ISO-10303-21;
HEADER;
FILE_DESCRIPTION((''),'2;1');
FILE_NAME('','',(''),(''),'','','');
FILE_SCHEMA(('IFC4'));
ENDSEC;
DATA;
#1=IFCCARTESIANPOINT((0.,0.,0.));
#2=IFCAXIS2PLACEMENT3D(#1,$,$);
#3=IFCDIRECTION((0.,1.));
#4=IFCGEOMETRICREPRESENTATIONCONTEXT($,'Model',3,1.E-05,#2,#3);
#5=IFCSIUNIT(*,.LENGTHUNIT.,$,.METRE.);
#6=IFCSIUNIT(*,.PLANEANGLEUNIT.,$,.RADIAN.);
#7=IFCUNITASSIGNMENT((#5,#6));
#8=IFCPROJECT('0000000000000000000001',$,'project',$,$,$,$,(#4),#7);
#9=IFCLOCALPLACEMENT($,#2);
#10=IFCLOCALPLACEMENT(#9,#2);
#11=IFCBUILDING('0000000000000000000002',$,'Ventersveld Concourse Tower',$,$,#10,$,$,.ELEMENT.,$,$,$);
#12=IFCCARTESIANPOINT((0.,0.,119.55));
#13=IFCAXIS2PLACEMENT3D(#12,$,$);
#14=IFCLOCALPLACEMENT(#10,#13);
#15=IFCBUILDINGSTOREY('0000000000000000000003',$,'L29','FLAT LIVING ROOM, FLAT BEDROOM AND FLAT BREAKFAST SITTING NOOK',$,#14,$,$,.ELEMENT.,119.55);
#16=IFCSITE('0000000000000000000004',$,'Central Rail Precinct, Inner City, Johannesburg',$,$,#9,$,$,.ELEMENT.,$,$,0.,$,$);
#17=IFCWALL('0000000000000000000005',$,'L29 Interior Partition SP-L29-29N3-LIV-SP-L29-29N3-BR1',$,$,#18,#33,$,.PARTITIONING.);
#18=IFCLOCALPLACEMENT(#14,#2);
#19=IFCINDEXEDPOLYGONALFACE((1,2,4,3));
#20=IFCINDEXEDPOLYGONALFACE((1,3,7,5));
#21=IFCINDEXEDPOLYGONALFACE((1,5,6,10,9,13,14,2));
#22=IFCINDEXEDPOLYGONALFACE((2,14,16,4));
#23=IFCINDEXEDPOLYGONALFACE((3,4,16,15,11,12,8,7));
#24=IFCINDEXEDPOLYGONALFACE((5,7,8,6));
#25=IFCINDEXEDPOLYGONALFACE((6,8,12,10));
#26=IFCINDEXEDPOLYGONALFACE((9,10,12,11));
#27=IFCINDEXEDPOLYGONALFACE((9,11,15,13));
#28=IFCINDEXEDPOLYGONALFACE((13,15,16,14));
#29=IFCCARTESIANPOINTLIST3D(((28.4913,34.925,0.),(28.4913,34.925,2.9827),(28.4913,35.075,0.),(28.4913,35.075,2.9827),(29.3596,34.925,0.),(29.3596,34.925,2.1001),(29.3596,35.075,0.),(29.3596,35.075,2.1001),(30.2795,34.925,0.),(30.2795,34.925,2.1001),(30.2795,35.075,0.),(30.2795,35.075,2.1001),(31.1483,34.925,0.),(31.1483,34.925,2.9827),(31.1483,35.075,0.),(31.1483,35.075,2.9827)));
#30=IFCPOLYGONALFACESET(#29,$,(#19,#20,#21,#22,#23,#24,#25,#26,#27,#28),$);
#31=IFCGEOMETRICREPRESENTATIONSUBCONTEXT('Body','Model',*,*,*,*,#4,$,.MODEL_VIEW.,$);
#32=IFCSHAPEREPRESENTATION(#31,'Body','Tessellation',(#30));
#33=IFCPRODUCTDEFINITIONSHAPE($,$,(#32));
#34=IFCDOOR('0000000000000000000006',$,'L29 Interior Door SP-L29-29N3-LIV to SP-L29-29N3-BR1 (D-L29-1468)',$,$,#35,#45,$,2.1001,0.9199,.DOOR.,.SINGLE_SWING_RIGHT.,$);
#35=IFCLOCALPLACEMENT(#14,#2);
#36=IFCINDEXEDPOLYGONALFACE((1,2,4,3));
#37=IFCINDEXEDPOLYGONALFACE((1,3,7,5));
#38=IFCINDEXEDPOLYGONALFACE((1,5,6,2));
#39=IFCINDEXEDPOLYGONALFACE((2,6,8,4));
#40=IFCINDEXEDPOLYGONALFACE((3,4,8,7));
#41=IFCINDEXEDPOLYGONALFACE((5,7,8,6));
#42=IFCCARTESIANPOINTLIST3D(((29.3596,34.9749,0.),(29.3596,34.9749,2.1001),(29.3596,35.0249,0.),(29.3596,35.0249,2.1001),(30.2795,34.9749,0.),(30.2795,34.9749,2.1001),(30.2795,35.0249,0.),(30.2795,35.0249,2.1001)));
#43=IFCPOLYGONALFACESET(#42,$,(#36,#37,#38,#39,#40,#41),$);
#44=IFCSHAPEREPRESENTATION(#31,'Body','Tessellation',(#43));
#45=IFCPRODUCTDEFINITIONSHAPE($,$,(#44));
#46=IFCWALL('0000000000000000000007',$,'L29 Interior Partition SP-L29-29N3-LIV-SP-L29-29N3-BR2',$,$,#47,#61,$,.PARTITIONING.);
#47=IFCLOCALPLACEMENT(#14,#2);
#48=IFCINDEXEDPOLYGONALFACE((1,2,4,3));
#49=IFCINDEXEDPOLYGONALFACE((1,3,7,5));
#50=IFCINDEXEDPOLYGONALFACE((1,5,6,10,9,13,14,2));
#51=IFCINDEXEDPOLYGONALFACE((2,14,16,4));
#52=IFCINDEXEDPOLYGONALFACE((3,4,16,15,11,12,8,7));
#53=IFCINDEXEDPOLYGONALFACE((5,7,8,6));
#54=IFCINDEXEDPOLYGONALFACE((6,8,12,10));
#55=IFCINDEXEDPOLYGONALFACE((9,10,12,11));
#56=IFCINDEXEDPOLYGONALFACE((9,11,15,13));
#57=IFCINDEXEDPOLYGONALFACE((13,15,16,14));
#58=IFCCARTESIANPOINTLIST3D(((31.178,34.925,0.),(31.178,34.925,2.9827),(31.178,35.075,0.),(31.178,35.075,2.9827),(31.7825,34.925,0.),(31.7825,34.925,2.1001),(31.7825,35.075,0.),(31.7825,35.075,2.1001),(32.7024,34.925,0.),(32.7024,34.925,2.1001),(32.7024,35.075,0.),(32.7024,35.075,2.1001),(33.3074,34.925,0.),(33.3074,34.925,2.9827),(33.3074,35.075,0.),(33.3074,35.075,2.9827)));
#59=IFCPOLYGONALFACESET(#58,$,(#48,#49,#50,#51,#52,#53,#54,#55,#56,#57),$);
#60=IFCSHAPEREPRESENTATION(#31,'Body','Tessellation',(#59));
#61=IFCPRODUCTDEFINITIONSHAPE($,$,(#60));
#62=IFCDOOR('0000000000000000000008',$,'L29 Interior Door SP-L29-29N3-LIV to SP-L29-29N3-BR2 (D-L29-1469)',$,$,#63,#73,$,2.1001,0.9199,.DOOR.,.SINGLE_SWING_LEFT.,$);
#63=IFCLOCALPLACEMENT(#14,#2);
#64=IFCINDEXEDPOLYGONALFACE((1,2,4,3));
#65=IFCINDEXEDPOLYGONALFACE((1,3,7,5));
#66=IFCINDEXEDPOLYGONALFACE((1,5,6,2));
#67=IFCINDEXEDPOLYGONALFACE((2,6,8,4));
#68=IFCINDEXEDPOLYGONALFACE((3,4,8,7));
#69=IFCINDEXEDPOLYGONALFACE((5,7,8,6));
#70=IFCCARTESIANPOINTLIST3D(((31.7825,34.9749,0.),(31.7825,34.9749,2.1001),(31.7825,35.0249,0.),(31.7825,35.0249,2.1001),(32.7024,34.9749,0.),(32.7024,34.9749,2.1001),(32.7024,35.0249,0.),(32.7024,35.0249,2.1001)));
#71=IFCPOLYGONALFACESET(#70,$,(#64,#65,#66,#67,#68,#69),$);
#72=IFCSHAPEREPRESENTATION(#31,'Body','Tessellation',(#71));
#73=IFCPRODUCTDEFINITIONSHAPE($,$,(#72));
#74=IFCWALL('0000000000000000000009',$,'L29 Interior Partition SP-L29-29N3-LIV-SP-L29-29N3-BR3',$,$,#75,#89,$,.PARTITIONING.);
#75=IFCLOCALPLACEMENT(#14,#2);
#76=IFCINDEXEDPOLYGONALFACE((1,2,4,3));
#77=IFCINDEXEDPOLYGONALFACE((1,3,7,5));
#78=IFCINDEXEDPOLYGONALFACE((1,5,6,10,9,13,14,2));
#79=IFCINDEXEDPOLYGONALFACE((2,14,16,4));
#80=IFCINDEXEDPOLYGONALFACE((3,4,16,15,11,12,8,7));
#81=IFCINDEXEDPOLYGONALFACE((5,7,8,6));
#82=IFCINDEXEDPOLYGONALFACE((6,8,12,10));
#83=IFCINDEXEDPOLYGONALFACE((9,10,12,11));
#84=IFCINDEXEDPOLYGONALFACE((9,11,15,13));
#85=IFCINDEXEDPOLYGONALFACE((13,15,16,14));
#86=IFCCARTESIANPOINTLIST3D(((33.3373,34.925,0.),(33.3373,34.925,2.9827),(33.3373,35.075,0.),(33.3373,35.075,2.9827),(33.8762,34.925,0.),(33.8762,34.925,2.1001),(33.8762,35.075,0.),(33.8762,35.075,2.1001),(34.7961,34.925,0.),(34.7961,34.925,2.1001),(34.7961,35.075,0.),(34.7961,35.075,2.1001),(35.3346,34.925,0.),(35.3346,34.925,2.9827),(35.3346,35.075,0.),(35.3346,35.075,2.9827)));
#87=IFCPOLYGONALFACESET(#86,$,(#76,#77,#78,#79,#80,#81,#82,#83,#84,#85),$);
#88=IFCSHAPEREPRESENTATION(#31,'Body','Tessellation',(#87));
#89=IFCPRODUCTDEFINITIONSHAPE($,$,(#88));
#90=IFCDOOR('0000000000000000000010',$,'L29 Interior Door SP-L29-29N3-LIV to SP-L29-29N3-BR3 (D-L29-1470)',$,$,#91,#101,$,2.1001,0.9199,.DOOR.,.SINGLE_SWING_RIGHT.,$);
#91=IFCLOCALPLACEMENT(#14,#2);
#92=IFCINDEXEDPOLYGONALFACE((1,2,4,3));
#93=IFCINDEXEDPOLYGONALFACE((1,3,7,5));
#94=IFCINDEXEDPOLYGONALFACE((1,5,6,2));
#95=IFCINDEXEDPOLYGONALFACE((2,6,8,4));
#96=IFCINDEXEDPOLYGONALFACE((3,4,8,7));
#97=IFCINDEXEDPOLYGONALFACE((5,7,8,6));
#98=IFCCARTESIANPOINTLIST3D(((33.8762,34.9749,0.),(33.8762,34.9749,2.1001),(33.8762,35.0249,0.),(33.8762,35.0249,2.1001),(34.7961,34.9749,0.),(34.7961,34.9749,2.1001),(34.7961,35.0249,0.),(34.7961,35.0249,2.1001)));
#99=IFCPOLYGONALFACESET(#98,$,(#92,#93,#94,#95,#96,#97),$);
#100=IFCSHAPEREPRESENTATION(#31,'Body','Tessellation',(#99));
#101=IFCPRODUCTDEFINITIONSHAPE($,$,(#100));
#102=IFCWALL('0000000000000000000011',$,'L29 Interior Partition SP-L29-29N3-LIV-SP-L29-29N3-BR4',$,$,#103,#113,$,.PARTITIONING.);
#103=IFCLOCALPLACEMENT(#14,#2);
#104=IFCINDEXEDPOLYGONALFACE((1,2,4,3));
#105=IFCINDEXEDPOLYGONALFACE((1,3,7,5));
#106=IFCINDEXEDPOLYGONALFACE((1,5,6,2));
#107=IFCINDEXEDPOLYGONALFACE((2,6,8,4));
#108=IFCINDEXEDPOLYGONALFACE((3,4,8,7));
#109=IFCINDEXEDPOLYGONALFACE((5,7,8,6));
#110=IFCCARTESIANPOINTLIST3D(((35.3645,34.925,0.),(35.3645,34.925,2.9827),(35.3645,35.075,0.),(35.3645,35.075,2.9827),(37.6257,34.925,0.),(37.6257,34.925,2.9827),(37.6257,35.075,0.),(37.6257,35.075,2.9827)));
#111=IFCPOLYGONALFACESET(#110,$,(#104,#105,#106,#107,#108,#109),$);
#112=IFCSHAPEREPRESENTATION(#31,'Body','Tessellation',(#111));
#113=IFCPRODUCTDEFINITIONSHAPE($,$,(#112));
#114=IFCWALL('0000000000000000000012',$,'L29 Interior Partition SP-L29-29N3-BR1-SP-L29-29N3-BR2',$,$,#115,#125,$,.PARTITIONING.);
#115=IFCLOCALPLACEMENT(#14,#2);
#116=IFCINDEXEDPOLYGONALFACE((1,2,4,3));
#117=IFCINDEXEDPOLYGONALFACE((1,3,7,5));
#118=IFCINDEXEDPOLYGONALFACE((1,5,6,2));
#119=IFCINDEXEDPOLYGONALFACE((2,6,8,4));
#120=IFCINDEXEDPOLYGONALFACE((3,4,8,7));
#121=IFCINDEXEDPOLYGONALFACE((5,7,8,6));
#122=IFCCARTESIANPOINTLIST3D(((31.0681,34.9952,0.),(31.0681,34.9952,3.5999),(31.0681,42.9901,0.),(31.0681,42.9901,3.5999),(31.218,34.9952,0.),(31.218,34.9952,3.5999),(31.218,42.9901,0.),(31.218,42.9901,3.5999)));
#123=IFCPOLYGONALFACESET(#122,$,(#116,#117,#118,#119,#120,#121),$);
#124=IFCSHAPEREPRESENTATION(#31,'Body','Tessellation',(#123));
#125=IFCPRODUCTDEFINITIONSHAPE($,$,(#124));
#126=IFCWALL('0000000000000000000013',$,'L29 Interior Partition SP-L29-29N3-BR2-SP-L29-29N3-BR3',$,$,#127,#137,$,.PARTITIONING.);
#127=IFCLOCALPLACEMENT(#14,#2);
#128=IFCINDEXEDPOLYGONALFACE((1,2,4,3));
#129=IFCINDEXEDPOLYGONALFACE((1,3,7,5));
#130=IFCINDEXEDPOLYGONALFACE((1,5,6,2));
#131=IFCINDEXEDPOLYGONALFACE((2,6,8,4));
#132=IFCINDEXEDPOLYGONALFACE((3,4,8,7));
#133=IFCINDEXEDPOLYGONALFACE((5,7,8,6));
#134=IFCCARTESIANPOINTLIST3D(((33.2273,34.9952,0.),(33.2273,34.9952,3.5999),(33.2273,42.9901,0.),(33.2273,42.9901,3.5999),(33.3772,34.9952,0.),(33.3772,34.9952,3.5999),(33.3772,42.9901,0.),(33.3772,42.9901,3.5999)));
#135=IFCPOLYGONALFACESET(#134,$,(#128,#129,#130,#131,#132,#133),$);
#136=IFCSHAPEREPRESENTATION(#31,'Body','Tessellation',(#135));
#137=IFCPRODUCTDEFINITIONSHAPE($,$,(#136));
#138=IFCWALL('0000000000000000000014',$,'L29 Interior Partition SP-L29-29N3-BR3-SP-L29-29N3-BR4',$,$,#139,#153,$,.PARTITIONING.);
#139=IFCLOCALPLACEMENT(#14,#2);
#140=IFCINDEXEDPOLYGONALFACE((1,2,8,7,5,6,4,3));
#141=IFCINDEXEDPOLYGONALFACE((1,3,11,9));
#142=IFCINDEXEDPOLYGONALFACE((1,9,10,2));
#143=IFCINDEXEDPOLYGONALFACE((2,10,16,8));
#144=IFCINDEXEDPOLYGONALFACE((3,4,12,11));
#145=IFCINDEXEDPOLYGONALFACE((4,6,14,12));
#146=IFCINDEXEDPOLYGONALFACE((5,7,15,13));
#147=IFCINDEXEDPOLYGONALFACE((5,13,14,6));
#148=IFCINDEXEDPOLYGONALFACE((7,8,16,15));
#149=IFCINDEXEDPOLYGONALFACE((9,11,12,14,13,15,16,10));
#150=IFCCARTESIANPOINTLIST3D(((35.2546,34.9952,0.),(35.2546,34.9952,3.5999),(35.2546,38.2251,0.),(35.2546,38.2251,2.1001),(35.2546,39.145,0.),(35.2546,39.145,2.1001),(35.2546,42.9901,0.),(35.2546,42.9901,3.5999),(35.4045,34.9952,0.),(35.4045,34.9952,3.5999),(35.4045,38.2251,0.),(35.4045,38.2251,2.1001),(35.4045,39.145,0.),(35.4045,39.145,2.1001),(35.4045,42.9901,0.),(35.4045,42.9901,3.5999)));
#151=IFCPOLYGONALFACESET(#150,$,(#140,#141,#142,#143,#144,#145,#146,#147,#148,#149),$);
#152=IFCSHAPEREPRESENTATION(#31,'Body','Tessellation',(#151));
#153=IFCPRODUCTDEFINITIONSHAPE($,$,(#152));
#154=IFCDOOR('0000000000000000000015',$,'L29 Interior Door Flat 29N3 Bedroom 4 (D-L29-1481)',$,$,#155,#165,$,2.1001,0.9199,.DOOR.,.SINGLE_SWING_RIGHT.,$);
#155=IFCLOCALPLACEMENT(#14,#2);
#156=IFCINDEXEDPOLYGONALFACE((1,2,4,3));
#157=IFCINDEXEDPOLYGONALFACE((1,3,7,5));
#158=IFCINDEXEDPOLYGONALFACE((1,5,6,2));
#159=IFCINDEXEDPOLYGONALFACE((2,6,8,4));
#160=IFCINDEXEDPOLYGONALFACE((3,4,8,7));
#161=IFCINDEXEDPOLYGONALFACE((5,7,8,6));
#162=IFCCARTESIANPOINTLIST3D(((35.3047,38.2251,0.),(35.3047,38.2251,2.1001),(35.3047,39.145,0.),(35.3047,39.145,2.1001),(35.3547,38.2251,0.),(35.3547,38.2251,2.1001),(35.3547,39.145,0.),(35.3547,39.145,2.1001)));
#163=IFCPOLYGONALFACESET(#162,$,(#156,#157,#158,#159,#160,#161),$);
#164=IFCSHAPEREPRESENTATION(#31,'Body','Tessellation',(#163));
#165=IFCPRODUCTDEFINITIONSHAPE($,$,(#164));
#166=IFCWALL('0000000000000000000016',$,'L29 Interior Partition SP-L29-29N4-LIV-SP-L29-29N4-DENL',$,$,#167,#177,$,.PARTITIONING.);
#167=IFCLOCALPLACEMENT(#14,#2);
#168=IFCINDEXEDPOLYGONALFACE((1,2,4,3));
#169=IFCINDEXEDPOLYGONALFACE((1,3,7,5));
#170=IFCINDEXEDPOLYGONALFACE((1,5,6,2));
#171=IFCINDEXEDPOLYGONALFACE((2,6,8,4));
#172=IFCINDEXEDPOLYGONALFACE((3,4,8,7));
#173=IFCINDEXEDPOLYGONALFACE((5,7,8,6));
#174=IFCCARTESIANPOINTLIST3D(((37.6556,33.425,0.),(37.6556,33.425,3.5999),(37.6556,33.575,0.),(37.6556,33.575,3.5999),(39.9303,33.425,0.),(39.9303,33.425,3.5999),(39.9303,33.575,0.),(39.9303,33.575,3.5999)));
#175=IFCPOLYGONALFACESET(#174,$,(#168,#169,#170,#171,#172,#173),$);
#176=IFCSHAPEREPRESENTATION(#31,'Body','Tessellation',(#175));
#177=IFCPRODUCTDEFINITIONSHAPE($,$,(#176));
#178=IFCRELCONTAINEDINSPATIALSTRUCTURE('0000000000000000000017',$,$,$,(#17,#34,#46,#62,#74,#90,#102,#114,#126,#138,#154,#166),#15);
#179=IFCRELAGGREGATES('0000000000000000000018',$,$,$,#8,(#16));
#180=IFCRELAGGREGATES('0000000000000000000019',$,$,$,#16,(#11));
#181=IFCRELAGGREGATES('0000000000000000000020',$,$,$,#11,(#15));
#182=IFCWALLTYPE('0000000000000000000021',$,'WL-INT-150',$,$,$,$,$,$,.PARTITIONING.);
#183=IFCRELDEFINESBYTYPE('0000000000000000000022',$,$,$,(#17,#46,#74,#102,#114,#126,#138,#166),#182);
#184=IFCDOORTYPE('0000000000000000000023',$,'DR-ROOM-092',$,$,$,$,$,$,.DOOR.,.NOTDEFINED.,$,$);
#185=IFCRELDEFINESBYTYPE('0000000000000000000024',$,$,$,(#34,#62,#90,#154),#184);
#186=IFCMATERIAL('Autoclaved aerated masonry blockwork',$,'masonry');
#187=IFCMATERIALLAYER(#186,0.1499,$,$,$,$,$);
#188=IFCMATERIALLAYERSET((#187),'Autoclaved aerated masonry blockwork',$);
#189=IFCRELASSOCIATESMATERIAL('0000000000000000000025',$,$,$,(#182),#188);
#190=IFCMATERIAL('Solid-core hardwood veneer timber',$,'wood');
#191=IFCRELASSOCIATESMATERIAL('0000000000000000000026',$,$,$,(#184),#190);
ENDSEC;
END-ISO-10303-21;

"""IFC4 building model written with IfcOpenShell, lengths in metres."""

from ifc_helpers import new_model, si_unit, direction, frame, frame_2d, origin, place, context, subcontext, project, spatial, rectangle, extrude, material, layer, layer_set, type_object, element, fill, save


model = new_model("IFC4")

# Units and contexts
model_context = context("Model", 3, precision=1e-05, world=origin(), true_north=direction((0.0, 1.0)))
body_context = subcontext(model_context, "Body", "Model", "MODEL_VIEW")
ifc_project = project(units=[si_unit("LENGTHUNIT", "METRE"), si_unit("PLANEANGLEUNIT", "RADIAN")], contexts=[model_context])

# Site, building, storey
site_placement = place(None, origin())
site = spatial("IfcSite", under=ifc_project, at=site_placement, Name="Central Rail Precinct, Inner City, Johannesburg", CompositionType="ELEMENT", RefElevation=0.0)
building_placement = place(site_placement, origin())
building = spatial("IfcBuilding", under=site, at=building_placement, Name="Ventersveld Concourse Tower", CompositionType="ELEMENT")
storey_placement = place(building_placement, frame((0.0, 0.0, 119.55)))
storey = spatial("IfcBuildingStorey", under=building, at=storey_placement, Name="L29", Description="FLAT LIVING ROOM, FLAT BEDROOM AND FLAT BREAKFAST SITTING NOOK", CompositionType="ELEMENT", Elevation=119.55)

# Shared definitions
ifc_material_1 = material(Name="Autoclaved aerated masonry blockwork", Category="masonry")
ifc_layer_1 = layer(ifc_material_1, 0.1499)
ifc_layer_set_1 = layer_set([ifc_layer_1], Name="Autoclaved aerated masonry blockwork")
wall_type_1 = type_object("IfcWallType", Name="WL-INT-150", PredefinedType="PARTITIONING", material=ifc_layer_set_1)

# Walls, openings, doors
wall_1_placement = place(storey_placement, frame((28.4912, 35.0, 0.0), z_axis=(0.0, 0.0, 1.0), x_axis=(1.0, 0.0, 0.0)))
wall_1 = element("IfcWall", 1, at=wall_1_placement, inside=storey, type_object=wall_type_1, Name="L29 Interior Partition SP-L29-29N3-LIV-SP-L29-29N3-BR1", PredefinedType="PARTITIONING", context=body_context, shape_type="SweptSolid", body=[
    extrude(rectangle(XDim=2.657, YDim=0.1499, at=frame_2d((1.3286, 0.0))), origin(), (0.0, 0.0, 1.0), 2.9827),
])
opening_1_placement = place(wall_1_placement, frame((0.8684, 0.0, 0.0)))
opening_1 = element("IfcOpeningElement", 2, at=opening_1_placement, cuts=wall_1, PredefinedType="OPENING", context=body_context, shape_type="SweptSolid", body=[
    extrude(rectangle(XDim=0.9199, YDim=2.1001, at=frame_2d((0.46, 1.05))), frame((0.0, 0.085, 0.0), z_axis=(0.0, -1.0, 0.0), x_axis=(1.0, 0.0, 0.0)), (0.0, 0.0, 1.0), 0.1699),
])
ifc_material_2 = material(Name="Solid-core hardwood veneer timber", Category="wood")
door_type = type_object("IfcDoorType", Name="DR-ROOM-092", OperationType="NOTDEFINED", PredefinedType="DOOR", material=ifc_material_2)
door_1_placement = place(opening_1_placement, origin())
door_1 = element("IfcDoor", 3, at=door_1_placement, inside=storey, type_object=door_type, Name="L29 Interior Door SP-L29-29N3-LIV to SP-L29-29N3-BR1 (D-L29-1468)", OperationType="SINGLE_SWING_RIGHT", OverallHeight=2.1001, OverallWidth=0.9199, PredefinedType="DOOR", context=body_context, shape_type="SweptSolid", body=[
    extrude(rectangle(XDim=0.9199, YDim=2.1001, at=frame_2d((0.46, 1.05))), frame((0.0, 0.0249, 0.0), z_axis=(0.0, -1.0, 0.0), x_axis=(1.0, 0.0, 0.0)), (0.0, 0.0, 1.0), 0.05),
])
fill(opening_1, door_1)
wall_2_placement = place(storey_placement, frame((31.178, 35.0, 0.0), z_axis=(0.0, 0.0, 1.0), x_axis=(1.0, 0.0, 0.0)))
wall_2 = element("IfcWall", 4, at=wall_2_placement, inside=storey, type_object=wall_type_1, Name="L29 Interior Partition SP-L29-29N3-LIV-SP-L29-29N3-BR2", PredefinedType="PARTITIONING", context=body_context, shape_type="SweptSolid", body=[
    extrude(rectangle(XDim=2.1294, YDim=0.1499, at=frame_2d((1.0647, 0.0))), origin(), (0.0, 0.0, 1.0), 2.9827),
])
opening_2_placement = place(wall_2_placement, frame((0.6045, 0.0, 0.0)))
opening_2 = element("IfcOpeningElement", 5, at=opening_2_placement, cuts=wall_2, PredefinedType="OPENING", context=body_context, shape_type="SweptSolid", body=[
    extrude(rectangle(XDim=0.9199, YDim=2.1001, at=frame_2d((0.46, 1.05))), frame((0.0, 0.085, 0.0), z_axis=(0.0, -1.0, 0.0), x_axis=(1.0, 0.0, 0.0)), (0.0, 0.0, 1.0), 0.1699),
])
door_2_placement = place(opening_2_placement, origin())
door_2 = element("IfcDoor", 6, at=door_2_placement, inside=storey, type_object=door_type, Name="L29 Interior Door SP-L29-29N3-LIV to SP-L29-29N3-BR2 (D-L29-1469)", OperationType="SINGLE_SWING_LEFT", OverallHeight=2.1001, OverallWidth=0.9199, PredefinedType="DOOR", context=body_context, shape_type="SweptSolid", body=[
    extrude(rectangle(XDim=0.9199, YDim=2.1001, at=frame_2d((0.46, 1.05))), frame((0.0, 0.0249, 0.0), z_axis=(0.0, -1.0, 0.0), x_axis=(1.0, 0.0, 0.0)), (0.0, 0.0, 1.0), 0.05),
])
fill(opening_2, door_2)
wall_3_placement = place(storey_placement, frame((33.3374, 35.0, 0.0), z_axis=(0.0, 0.0, 1.0), x_axis=(1.0, 0.0, 0.0)))
wall_3 = element("IfcWall", 7, at=wall_3_placement, inside=storey, type_object=wall_type_1, Name="L29 Interior Partition SP-L29-29N3-LIV-SP-L29-29N3-BR3", PredefinedType="PARTITIONING", context=body_context, shape_type="SweptSolid", body=[
    extrude(rectangle(XDim=1.9973, YDim=0.1499, at=frame_2d((0.9985, 0.0))), origin(), (0.0, 0.0, 1.0), 2.9827),
])
opening_3_placement = place(wall_3_placement, frame((0.5388, 0.0, 0.0)))
opening_3 = element("IfcOpeningElement", 8, at=opening_3_placement, cuts=wall_3, PredefinedType="OPENING", context=body_context, shape_type="SweptSolid", body=[
    extrude(rectangle(XDim=0.9199, YDim=2.1001, at=frame_2d((0.46, 1.05))), frame((0.0, 0.085, 0.0), z_axis=(0.0, -1.0, 0.0), x_axis=(1.0, 0.0, 0.0)), (0.0, 0.0, 1.0), 0.1699),
])
door_3_placement = place(opening_3_placement, origin())
door_3 = element("IfcDoor", 9, at=door_3_placement, inside=storey, type_object=door_type, Name="L29 Interior Door SP-L29-29N3-LIV to SP-L29-29N3-BR3 (D-L29-1470)", OperationType="SINGLE_SWING_RIGHT", OverallHeight=2.1001, OverallWidth=0.9199, PredefinedType="DOOR", context=body_context, shape_type="SweptSolid", body=[
    extrude(rectangle(XDim=0.9199, YDim=2.1001, at=frame_2d((0.46, 1.05))), frame((0.0, 0.0249, 0.0), z_axis=(0.0, -1.0, 0.0), x_axis=(1.0, 0.0, 0.0)), (0.0, 0.0, 1.0), 0.05),
])
fill(opening_3, door_3)

# Walls
wall_4_placement = place(storey_placement, frame((35.3645, 35.0, 0.0), z_axis=(0.0, 0.0, 1.0), x_axis=(1.0, 0.0, 0.0)))
element("IfcWall", 10, at=wall_4_placement, inside=storey, type_object=wall_type_1, Name="L29 Interior Partition SP-L29-29N3-LIV-SP-L29-29N3-BR4", PredefinedType="PARTITIONING", context=body_context, shape_type="SweptSolid", body=[
    extrude(rectangle(XDim=2.2612, YDim=0.1499, at=frame_2d((1.1306, 0.0))), origin(), (0.0, 0.0, 1.0), 2.9827),
])
for number, where, z_axis, x_axis, name in (
    (11, (31.1431, 34.9951, 0.0), (0.0, 0.0, 1.0), (0.0, 1.0, 0.0), "L29 Interior Partition SP-L29-29N3-BR1-SP-L29-29N3-BR2"),
    (12, (33.3022, 34.9951, 0.0), (0.0, 0.0, 1.0), (0.0, 1.0, 0.0), "L29 Interior Partition SP-L29-29N3-BR2-SP-L29-29N3-BR3"),
):
    element("IfcWall", number, at=place(storey_placement, frame(where, z_axis=z_axis, x_axis=x_axis)), inside=storey, type_object=wall_type_1, Name=name, PredefinedType="PARTITIONING", context=body_context, shape_type="SweptSolid", body=[
        extrude(rectangle(XDim=7.9949, YDim=0.1499, at=frame_2d((3.9976, 0.0))), origin(), (0.0, 0.0, 1.0), 3.5999),
    ])

# Wall, opening, door
wall_5_placement = place(storey_placement, frame((35.3296, 34.9951, 0.0), z_axis=(0.0, 0.0, 1.0), x_axis=(0.0, 1.0, 0.0)))
wall_5 = element("IfcWall", 13, at=wall_5_placement, inside=storey, type_object=wall_type_1, Name="L29 Interior Partition SP-L29-29N3-BR3-SP-L29-29N3-BR4", PredefinedType="PARTITIONING", context=body_context, shape_type="SweptSolid", body=[
    extrude(rectangle(XDim=7.9949, YDim=0.1499, at=frame_2d((3.9976, 0.0))), origin(), (0.0, 0.0, 1.0), 3.5999),
])
opening_4_placement = place(wall_5_placement, frame((3.23, 0.0, 0.0)))
opening_4 = element("IfcOpeningElement", 14, at=opening_4_placement, cuts=wall_5, PredefinedType="OPENING", context=body_context, shape_type="SweptSolid", body=[
    extrude(rectangle(XDim=0.9199, YDim=2.1001, at=frame_2d((0.46, 1.05))), frame((0.0, 0.085, 0.0), z_axis=(0.0, -1.0, 0.0), x_axis=(1.0, 0.0, 0.0)), (0.0, 0.0, 1.0), 0.1699),
])
door_4_placement = place(opening_4_placement, origin())
door_4 = element("IfcDoor", 15, at=door_4_placement, inside=storey, type_object=door_type, Name="L29 Interior Door Flat 29N3 Bedroom 4 (D-L29-1481)", OperationType="SINGLE_SWING_RIGHT", OverallHeight=2.1001, OverallWidth=0.9199, PredefinedType="DOOR", context=body_context, shape_type="SweptSolid", body=[
    extrude(rectangle(XDim=0.9199, YDim=2.1001, at=frame_2d((0.46, 1.05))), frame((0.0, 0.0249, 0.0), z_axis=(0.0, -1.0, 0.0), x_axis=(1.0, 0.0, 0.0)), (0.0, 0.0, 1.0), 0.05),
])
fill(opening_4, door_4)

# Wall
wall_6_placement = place(storey_placement, frame((37.6558, 33.5, 0.0), z_axis=(0.0, 0.0, 1.0), x_axis=(1.0, 0.0, 0.0)))
element("IfcWall", 16, at=wall_6_placement, inside=storey, type_object=wall_type_1, Name="L29 Interior Partition SP-L29-29N4-LIV-SP-L29-29N4-DENL", PredefinedType="PARTITIONING", context=body_context, shape_type="SweptSolid", body=[
    extrude(rectangle(XDim=2.2747, YDim=0.1499, at=frame_2d((1.1372, 0.0))), origin(), (0.0, 0.0, 1.0), 3.5999),
])

save(model, "model.ifc")
